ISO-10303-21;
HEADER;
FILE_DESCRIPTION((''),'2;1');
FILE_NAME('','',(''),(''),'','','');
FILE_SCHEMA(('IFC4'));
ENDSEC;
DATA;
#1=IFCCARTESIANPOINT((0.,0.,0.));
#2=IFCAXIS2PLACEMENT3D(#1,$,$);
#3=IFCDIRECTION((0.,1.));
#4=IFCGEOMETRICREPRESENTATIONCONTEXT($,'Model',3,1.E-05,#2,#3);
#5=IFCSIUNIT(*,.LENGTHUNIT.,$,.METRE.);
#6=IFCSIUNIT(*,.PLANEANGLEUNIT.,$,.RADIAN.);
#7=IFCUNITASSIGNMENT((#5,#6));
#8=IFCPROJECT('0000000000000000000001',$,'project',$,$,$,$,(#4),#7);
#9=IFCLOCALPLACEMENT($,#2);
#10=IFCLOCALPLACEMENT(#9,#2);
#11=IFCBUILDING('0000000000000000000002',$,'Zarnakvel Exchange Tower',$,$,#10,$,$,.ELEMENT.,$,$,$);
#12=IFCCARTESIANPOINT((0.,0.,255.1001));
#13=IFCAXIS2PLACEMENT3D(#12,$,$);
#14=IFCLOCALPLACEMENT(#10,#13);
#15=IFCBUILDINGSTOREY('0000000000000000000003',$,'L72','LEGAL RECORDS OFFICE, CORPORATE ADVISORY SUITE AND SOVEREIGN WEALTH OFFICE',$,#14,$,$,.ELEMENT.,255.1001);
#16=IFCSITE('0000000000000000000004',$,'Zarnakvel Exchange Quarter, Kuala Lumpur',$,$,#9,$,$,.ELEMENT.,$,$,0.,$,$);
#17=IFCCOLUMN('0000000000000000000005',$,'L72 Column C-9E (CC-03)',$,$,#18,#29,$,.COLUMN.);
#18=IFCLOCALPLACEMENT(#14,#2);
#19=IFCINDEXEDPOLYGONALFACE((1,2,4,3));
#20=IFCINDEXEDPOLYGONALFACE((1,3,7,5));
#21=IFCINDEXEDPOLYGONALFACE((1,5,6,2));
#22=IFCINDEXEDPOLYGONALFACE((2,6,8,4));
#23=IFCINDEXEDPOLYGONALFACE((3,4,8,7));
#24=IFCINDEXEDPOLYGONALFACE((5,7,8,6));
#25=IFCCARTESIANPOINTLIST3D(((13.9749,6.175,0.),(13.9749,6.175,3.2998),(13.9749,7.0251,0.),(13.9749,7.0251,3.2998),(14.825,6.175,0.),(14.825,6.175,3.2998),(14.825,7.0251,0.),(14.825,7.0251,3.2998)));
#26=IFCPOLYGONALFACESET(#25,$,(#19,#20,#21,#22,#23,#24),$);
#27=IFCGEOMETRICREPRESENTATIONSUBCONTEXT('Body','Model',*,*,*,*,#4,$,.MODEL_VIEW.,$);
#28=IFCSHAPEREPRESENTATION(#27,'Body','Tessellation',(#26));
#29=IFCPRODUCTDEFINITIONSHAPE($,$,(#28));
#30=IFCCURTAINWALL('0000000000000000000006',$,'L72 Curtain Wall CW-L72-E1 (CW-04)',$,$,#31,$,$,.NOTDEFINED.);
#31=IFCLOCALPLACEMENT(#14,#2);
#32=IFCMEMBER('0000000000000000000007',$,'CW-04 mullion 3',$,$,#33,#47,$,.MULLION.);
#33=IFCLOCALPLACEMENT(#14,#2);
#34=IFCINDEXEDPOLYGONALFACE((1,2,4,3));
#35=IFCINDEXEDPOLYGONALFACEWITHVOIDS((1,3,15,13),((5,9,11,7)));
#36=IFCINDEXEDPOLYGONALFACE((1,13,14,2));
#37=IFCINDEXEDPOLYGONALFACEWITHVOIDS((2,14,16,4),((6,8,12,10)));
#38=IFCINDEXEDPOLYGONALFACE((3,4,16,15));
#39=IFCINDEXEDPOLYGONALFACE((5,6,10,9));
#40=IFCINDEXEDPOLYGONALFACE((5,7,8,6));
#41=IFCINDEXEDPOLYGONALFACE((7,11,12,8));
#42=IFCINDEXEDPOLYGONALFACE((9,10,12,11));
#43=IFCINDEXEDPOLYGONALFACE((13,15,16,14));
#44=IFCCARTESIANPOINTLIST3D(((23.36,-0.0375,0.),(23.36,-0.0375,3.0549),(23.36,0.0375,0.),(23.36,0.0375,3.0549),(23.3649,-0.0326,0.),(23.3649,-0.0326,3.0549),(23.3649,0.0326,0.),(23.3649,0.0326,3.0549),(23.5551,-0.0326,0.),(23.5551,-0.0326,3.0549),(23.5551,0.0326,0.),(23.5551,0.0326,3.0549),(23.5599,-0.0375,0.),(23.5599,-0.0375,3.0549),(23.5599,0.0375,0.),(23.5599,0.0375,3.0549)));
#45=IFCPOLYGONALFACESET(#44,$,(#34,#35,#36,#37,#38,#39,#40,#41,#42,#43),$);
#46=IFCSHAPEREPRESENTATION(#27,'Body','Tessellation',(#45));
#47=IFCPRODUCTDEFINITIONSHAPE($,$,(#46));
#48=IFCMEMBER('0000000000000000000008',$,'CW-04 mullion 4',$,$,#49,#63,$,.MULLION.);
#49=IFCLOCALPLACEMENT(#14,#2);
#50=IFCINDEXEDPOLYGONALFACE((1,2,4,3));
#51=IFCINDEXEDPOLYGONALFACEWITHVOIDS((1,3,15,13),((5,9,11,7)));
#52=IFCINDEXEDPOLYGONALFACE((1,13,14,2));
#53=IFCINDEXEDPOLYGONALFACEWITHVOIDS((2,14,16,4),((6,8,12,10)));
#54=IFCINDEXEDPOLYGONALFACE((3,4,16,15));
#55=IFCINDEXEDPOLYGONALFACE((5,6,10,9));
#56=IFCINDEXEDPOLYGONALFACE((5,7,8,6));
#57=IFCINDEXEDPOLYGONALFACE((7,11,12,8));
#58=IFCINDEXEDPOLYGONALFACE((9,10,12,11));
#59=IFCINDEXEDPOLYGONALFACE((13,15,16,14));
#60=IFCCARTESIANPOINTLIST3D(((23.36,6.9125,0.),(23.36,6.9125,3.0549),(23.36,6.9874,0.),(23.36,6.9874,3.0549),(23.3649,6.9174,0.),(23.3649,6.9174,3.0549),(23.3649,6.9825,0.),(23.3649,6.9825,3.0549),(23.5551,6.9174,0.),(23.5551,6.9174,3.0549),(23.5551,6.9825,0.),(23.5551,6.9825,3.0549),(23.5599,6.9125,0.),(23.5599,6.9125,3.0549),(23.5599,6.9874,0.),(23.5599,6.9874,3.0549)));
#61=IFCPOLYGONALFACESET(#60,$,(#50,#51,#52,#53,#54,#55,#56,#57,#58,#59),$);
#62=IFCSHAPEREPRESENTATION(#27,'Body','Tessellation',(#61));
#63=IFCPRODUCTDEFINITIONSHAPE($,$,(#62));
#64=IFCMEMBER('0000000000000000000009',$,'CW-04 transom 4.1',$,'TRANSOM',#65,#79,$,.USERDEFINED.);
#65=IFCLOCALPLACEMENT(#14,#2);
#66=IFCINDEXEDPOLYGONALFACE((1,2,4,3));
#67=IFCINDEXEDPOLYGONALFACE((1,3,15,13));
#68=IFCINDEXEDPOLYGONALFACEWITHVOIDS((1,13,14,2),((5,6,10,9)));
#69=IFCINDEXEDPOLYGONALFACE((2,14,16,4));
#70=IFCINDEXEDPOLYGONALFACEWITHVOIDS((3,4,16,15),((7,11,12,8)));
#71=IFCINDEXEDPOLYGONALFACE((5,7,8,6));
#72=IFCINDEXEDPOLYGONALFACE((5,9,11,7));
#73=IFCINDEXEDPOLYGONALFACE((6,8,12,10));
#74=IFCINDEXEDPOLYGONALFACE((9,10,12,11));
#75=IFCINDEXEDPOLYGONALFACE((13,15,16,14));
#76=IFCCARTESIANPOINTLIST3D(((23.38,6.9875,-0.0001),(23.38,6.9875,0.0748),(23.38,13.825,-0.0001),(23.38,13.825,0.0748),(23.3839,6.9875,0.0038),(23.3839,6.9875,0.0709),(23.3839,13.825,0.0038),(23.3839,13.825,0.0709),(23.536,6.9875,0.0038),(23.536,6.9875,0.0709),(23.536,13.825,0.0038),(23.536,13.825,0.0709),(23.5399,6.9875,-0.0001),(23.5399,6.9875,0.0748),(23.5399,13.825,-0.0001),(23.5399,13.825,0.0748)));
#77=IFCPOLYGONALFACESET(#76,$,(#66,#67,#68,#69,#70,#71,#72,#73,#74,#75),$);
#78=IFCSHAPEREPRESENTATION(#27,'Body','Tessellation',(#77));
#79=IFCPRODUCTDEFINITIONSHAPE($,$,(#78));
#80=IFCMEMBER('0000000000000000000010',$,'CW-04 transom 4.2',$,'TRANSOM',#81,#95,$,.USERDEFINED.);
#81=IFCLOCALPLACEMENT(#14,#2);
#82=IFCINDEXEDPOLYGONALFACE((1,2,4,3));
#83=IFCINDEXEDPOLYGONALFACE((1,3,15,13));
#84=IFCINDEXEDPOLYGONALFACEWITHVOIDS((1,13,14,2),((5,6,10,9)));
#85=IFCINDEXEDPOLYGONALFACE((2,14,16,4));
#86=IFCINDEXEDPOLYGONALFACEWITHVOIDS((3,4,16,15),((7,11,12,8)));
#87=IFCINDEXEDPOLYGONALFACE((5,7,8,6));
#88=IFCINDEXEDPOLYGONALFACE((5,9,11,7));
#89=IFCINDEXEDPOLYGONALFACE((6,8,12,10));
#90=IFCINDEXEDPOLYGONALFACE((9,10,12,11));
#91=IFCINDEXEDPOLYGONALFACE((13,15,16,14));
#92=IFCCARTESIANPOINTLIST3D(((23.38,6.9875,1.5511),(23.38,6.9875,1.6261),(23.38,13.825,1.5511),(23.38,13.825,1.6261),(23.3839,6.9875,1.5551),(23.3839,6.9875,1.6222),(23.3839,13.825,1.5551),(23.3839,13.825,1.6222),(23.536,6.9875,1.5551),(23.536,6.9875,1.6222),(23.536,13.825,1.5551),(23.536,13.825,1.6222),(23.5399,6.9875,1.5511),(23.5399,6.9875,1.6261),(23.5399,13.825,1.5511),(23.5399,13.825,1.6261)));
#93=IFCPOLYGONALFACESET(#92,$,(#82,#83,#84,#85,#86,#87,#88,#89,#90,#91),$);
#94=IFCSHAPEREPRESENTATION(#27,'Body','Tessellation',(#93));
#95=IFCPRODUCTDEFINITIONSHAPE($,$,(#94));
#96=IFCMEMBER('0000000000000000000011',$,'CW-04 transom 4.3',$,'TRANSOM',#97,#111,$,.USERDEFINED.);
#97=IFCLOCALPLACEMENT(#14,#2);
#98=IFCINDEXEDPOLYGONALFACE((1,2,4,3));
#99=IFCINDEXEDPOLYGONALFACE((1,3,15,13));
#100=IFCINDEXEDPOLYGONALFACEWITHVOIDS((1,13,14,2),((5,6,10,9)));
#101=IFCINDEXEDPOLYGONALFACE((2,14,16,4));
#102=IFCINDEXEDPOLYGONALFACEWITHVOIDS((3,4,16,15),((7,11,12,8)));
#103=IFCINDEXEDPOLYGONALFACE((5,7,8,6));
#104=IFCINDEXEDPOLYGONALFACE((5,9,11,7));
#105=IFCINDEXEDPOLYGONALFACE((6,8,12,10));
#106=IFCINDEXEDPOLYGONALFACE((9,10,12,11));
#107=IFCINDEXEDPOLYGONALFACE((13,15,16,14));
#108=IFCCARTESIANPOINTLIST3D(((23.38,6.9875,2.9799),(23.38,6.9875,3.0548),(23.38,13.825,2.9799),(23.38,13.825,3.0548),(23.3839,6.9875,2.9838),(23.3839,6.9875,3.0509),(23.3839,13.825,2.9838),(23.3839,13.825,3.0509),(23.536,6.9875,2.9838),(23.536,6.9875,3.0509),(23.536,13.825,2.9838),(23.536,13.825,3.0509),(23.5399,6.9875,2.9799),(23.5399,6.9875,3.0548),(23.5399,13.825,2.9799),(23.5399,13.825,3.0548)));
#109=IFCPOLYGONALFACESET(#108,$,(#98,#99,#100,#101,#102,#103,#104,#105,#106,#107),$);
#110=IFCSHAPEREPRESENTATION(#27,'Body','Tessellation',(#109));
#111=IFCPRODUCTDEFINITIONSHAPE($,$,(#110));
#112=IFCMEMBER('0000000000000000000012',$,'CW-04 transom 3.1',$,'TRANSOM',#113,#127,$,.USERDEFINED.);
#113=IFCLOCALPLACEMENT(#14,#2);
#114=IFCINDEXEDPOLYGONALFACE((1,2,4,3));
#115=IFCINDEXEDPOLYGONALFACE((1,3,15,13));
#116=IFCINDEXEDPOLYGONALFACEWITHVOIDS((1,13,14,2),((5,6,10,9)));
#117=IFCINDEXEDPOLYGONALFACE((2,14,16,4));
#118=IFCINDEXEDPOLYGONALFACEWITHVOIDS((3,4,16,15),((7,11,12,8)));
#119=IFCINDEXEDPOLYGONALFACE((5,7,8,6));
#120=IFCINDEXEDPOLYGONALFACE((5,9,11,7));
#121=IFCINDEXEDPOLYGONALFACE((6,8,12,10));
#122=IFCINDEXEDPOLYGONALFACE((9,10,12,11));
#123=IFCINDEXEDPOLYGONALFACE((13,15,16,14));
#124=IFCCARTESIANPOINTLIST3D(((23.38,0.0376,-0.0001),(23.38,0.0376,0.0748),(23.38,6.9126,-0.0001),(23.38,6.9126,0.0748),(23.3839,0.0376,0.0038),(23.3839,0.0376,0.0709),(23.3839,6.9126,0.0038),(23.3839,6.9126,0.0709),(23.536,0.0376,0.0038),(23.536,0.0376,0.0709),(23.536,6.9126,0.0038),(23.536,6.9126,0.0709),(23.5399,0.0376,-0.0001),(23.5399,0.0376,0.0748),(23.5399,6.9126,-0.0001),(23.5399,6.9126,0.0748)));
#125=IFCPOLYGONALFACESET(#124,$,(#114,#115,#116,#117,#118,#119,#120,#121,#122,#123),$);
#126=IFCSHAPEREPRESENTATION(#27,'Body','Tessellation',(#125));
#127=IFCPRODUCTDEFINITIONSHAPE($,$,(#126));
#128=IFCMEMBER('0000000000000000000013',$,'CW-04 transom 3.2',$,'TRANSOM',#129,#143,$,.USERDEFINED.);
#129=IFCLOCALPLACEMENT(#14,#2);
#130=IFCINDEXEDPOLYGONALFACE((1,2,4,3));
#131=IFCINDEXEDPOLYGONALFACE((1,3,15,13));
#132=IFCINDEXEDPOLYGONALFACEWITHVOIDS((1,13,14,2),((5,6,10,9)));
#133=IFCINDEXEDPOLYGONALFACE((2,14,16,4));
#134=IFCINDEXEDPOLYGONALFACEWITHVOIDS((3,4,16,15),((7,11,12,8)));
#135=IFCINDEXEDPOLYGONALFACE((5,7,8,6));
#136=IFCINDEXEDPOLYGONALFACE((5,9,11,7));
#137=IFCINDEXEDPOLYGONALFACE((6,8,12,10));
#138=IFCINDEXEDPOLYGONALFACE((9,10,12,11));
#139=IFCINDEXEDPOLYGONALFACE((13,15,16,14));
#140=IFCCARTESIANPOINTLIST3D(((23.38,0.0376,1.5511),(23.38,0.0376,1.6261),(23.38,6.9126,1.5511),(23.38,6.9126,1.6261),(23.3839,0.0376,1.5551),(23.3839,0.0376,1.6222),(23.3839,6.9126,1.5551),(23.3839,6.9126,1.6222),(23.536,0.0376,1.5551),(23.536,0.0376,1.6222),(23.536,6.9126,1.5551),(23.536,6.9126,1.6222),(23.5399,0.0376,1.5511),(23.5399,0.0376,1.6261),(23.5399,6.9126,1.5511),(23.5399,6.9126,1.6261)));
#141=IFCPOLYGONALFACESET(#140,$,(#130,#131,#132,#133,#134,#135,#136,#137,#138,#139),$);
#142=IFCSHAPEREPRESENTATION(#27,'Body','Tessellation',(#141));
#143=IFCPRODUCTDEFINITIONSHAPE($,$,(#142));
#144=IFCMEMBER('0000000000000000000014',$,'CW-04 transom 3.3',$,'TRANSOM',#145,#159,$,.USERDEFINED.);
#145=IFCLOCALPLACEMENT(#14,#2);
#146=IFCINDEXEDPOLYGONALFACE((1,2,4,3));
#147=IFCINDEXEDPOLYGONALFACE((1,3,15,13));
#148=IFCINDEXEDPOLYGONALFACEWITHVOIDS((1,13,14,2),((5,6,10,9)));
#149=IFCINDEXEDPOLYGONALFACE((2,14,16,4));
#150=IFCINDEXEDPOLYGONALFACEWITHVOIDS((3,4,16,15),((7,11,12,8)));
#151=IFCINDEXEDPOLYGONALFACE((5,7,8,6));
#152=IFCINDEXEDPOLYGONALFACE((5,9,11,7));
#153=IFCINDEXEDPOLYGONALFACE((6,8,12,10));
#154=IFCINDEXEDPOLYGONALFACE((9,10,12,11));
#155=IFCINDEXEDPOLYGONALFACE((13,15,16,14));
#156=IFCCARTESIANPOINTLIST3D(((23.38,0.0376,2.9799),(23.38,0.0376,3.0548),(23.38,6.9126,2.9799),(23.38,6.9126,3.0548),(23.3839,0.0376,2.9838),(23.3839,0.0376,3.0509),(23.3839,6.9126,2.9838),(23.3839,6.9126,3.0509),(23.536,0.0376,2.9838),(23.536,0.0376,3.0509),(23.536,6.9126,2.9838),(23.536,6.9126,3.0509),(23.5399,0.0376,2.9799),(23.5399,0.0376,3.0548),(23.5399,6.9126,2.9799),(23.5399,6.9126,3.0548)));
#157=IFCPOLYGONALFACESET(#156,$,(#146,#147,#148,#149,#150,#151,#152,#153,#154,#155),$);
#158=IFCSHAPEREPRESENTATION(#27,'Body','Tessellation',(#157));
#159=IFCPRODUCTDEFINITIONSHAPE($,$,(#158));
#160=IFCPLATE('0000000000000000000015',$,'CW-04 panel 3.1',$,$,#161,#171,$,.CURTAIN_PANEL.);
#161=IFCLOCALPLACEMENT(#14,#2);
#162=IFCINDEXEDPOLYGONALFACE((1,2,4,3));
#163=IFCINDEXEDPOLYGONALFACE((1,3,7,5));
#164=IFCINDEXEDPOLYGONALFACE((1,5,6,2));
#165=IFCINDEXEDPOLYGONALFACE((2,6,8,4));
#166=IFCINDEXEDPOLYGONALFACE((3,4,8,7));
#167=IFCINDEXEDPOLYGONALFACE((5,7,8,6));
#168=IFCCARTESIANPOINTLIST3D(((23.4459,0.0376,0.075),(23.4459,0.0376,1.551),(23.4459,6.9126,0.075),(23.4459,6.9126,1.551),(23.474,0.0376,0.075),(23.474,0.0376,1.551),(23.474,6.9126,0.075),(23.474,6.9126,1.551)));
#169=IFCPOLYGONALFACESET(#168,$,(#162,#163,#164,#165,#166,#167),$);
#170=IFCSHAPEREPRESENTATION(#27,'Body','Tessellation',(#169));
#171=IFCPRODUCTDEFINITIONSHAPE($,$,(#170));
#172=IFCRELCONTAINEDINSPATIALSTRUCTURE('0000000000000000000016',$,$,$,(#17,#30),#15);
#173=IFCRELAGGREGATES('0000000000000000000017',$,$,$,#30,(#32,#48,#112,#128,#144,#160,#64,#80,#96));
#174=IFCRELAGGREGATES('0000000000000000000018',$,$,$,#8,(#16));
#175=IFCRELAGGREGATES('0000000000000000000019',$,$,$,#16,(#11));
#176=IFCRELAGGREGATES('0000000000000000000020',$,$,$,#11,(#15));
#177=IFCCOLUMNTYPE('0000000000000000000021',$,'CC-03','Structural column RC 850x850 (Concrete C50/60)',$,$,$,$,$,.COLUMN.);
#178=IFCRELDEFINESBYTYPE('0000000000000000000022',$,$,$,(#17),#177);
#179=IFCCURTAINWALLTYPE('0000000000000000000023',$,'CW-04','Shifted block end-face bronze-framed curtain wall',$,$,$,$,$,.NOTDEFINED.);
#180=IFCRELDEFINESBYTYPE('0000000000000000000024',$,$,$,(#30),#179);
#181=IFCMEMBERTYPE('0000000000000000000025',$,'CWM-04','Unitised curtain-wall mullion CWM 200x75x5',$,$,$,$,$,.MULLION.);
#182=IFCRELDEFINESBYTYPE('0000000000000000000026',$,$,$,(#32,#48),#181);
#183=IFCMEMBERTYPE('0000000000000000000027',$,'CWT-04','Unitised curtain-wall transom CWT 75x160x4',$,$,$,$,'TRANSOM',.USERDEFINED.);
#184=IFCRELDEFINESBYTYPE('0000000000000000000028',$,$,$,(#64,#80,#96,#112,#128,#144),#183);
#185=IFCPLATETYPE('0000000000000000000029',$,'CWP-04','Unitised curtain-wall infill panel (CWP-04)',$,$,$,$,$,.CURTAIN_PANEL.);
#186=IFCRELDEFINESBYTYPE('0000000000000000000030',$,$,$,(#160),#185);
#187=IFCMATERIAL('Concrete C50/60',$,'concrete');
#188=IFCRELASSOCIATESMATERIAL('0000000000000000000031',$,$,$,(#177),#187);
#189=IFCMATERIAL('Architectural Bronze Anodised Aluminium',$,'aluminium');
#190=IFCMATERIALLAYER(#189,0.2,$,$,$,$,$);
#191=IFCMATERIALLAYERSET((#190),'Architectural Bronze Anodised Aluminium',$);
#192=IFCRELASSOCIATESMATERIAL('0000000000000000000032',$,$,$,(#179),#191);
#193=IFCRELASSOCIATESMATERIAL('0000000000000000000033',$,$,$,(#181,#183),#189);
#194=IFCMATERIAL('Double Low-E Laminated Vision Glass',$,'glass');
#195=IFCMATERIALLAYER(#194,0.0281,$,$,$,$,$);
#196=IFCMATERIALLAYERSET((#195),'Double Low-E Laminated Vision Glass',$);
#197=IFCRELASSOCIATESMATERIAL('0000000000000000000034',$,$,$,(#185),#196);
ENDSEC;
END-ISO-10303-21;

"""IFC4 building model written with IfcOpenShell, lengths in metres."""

from ifc_helpers import new_model, si_unit, direction, frame, origin, origin_2d, place, context, subcontext, project, spatial, rectangle, hollow_rectangle, extrude, source, transform, mapped, material, layer, layer_set, material_profile, profile_set, type_object, element, aggregate, save


model = new_model("IFC4")

# Units and contexts
model_context = context("Model", 3, precision=1e-05, world=origin(), true_north=direction((0.0, 1.0)))
body_context = subcontext(model_context, "Body", "Model", "MODEL_VIEW")
ifc_project = project(units=[si_unit("LENGTHUNIT", "METRE"), si_unit("PLANEANGLEUNIT", "RADIAN")], contexts=[model_context])

# Site, building, storey
site_placement = place(None, origin())
site = spatial("IfcSite", under=ifc_project, at=site_placement, Name="Zarnakvel Exchange Quarter, Kuala Lumpur", CompositionType="ELEMENT", RefElevation=0.0)
building_placement = place(site_placement, origin())
building = spatial("IfcBuilding", under=site, at=building_placement, Name="Zarnakvel Exchange Tower", CompositionType="ELEMENT")
storey_placement = place(building_placement, frame((0.0, 0.0, 255.1001)))
storey = spatial("IfcBuildingStorey", under=building, at=storey_placement, Name="L72", Description="LEGAL RECORDS OFFICE, CORPORATE ADVISORY SUITE AND SOVEREIGN WEALTH OFFICE", CompositionType="ELEMENT", Elevation=255.1001)

# Column
ifc_material_1 = material(Name="Concrete C50/60", Category="concrete")
ifc_material_profile_1 = material_profile(ifc_material_1, rectangle(XDim=0.8501, YDim=0.8501, at=origin_2d()))
ifc_profile_set_1 = profile_set([ifc_material_profile_1], Name="Concrete C50/60")
column_type = type_object("IfcColumnType", Name="CC-03", Description="Structural column RC 850x850 (Concrete C50/60)", PredefinedType="COLUMN", material=ifc_profile_set_1)
column_placement = place(storey_placement, frame((14.3999, 6.6001, 0.0), z_axis=(0.0, 0.0, 1.0), x_axis=(1.0, 0.0, 0.0)))
element("IfcColumn", 1, at=column_placement, inside=storey, type_object=column_type, Name="L72 Column C-9E (CC-03)", PredefinedType="COLUMN", context=body_context, shape_type="SweptSolid", body=[
    extrude(rectangle(XDim=0.8501, YDim=0.8501, at=origin_2d()), origin(), (0.0, 0.0, 1.0), 3.2998),
])

# Curtain wall, members, plate
ifc_material_2 = material(Name="Architectural Bronze Anodised Aluminium", Category="aluminium")
ifc_layer_1 = layer(ifc_material_2, 0.2)
ifc_layer_set_1 = layer_set([ifc_layer_1], Name="Architectural Bronze Anodised Aluminium")
curtain_wall_type = type_object("IfcCurtainWallType", Name="CW-04", Description="Shifted block end-face bronze-framed curtain wall", PredefinedType="NOTDEFINED", material=ifc_layer_set_1)
curtain_wall_placement = place(storey_placement, origin())
curtain_wall = element("IfcCurtainWall", 2, at=curtain_wall_placement, inside=storey, type_object=curtain_wall_type, Name="L72 Curtain Wall CW-L72-E1 (CW-04)", PredefinedType="NOTDEFINED")
ifc_material_profile_2 = material_profile(ifc_material_2, hollow_rectangle(XDim=0.2, YDim=0.075, WallThickness=0.0049, at=origin_2d()))
ifc_profile_set_2 = profile_set([ifc_material_profile_2], Name="Architectural Bronze Anodised Aluminium")
member_type_1 = type_object("IfcMemberType", Name="CWM-04", Description="Unitised curtain-wall mullion CWM 200x75x5", PredefinedType="MULLION", material=ifc_profile_set_2)
shared_shape_1 = source(origin(), body_context, "Body", "SweptSolid", [
    extrude(hollow_rectangle(XDim=0.2, YDim=0.075, WallThickness=0.0049, at=origin_2d()), origin(), (0.0, 0.0, 1.0), 3.0549),
])
member_1_placement = place(storey_placement, frame((23.46, 0.0, 0.0), z_axis=(0.0, 0.0, 1.0), x_axis=(-1.0, 0.0, 0.0)))
member_1 = element("IfcMember", 3, at=member_1_placement, type_object=member_type_1, Name="CW-04 mullion 3", PredefinedType="MULLION", context=body_context, shape_type="MappedRepresentation", body=[
    mapped(shared_shape_1, transform((0.0, 0.0, 0.0), x_axis=(1.0, 0.0, 0.0), y_axis=(0.0, 1.0, 0.0), z_axis=(0.0, 0.0, 1.0), scale=1.0)),
])
member_2_placement = place(storey_placement, frame((23.46, 6.95, 0.0), z_axis=(0.0, 0.0, 1.0), x_axis=(-1.0, 0.0, 0.0)))
member_2 = element("IfcMember", 4, at=member_2_placement, type_object=member_type_1, Name="CW-04 mullion 4", PredefinedType="MULLION", context=body_context, shape_type="MappedRepresentation", body=[
    mapped(shared_shape_1, transform((0.0, 0.0, 0.0), x_axis=(1.0, 0.0, 0.0), y_axis=(0.0, 1.0, 0.0), z_axis=(0.0, 0.0, 1.0), scale=1.0)),
])
ifc_material_profile_3 = material_profile(ifc_material_2, hollow_rectangle(XDim=0.1599, YDim=0.075, WallThickness=0.0039, at=origin_2d()))
ifc_profile_set_3 = profile_set([ifc_material_profile_3], Name="Architectural Bronze Anodised Aluminium")
member_type_2 = type_object("IfcMemberType", Name="CWT-04", Description="Unitised curtain-wall transom CWT 75x160x4", ElementType="TRANSOM", PredefinedType="USERDEFINED", material=ifc_profile_set_3)
shared_shape_2 = source(origin(), body_context, "Body", "SweptSolid", [
    extrude(hollow_rectangle(XDim=0.1599, YDim=0.075, WallThickness=0.0039, at=origin_2d()), origin(), (0.0, 0.0, 1.0), 6.8374),
])
member_3_placement = place(storey_placement, frame((23.46, 6.9875, 0.0374), z_axis=(0.0, 1.0, 0.0), x_axis=(-1.0, 0.0, 0.0)))
member_3 = element("IfcMember", 5, at=member_3_placement, type_object=member_type_2, Name="CW-04 transom 4.1", ObjectType="TRANSOM", PredefinedType="USERDEFINED", context=body_context, shape_type="MappedRepresentation", body=[
    mapped(shared_shape_2, transform((0.0, 0.0, 0.0), x_axis=(1.0, 0.0, 0.0), y_axis=(0.0, 1.0, 0.0), z_axis=(0.0, 0.0, 1.0), scale=1.0)),
])
member_4_placement = place(storey_placement, frame((23.46, 6.9875, 1.5886), z_axis=(0.0, 1.0, 0.0), x_axis=(-1.0, 0.0, 0.0)))
member_4 = element("IfcMember", 6, at=member_4_placement, type_object=member_type_2, Name="CW-04 transom 4.2", ObjectType="TRANSOM", PredefinedType="USERDEFINED", context=body_context, shape_type="MappedRepresentation", body=[
    mapped(shared_shape_2, transform((0.0, 0.0, 0.0), x_axis=(1.0, 0.0, 0.0), y_axis=(0.0, 1.0, 0.0), z_axis=(0.0, 0.0, 1.0), scale=1.0)),
])
member_5_placement = place(storey_placement, frame((23.46, 6.9875, 3.0173), z_axis=(0.0, 1.0, 0.0), x_axis=(-1.0, 0.0, 0.0)))
member_5 = element("IfcMember", 7, at=member_5_placement, type_object=member_type_2, Name="CW-04 transom 4.3", ObjectType="TRANSOM", PredefinedType="USERDEFINED", context=body_context, shape_type="MappedRepresentation", body=[
    mapped(shared_shape_2, transform((0.0, 0.0, 0.0), x_axis=(1.0, 0.0, 0.0), y_axis=(0.0, 1.0, 0.0), z_axis=(0.0, 0.0, 1.0), scale=1.0)),
])
shared_shape_3 = source(origin(), body_context, "Body", "SweptSolid", [
    extrude(hollow_rectangle(XDim=0.1599, YDim=0.075, WallThickness=0.0039, at=origin_2d()), origin(), (0.0, 0.0, 1.0), 6.875),
])
member_6_placement = place(storey_placement, frame((23.46, 0.0376, 0.0374), z_axis=(0.0, 1.0, 0.0), x_axis=(-1.0, 0.0, 0.0)))
member_6 = element("IfcMember", 8, at=member_6_placement, type_object=member_type_2, Name="CW-04 transom 3.1", ObjectType="TRANSOM", PredefinedType="USERDEFINED", context=body_context, shape_type="MappedRepresentation", body=[
    mapped(shared_shape_3, transform((0.0, 0.0, 0.0), x_axis=(1.0, 0.0, 0.0), y_axis=(0.0, 1.0, 0.0), z_axis=(0.0, 0.0, 1.0), scale=1.0)),
])
member_7_placement = place(storey_placement, frame((23.46, 0.0376, 1.5886), z_axis=(0.0, 1.0, 0.0), x_axis=(-1.0, 0.0, 0.0)))
member_7 = element("IfcMember", 9, at=member_7_placement, type_object=member_type_2, Name="CW-04 transom 3.2", ObjectType="TRANSOM", PredefinedType="USERDEFINED", context=body_context, shape_type="MappedRepresentation", body=[
    mapped(shared_shape_3, transform((0.0, 0.0, 0.0), x_axis=(1.0, 0.0, 0.0), y_axis=(0.0, 1.0, 0.0), z_axis=(0.0, 0.0, 1.0), scale=1.0)),
])
member_8_placement = place(storey_placement, frame((23.46, 0.0376, 3.0173), z_axis=(0.0, 1.0, 0.0), x_axis=(-1.0, 0.0, 0.0)))
member_8 = element("IfcMember", 10, at=member_8_placement, type_object=member_type_2, Name="CW-04 transom 3.3", ObjectType="TRANSOM", PredefinedType="USERDEFINED", context=body_context, shape_type="MappedRepresentation", body=[
    mapped(shared_shape_3, transform((0.0, 0.0, 0.0), x_axis=(1.0, 0.0, 0.0), y_axis=(0.0, 1.0, 0.0), z_axis=(0.0, 0.0, 1.0), scale=1.0)),
])
ifc_material_3 = material(Name="Double Low-E Laminated Vision Glass", Category="glass")
ifc_layer_2 = layer(ifc_material_3, 0.0281)
ifc_layer_set_2 = layer_set([ifc_layer_2], Name="Double Low-E Laminated Vision Glass")
plate_type = type_object("IfcPlateType", Name="CWP-04", Description="Unitised curtain-wall infill panel (CWP-04)", PredefinedType="CURTAIN_PANEL", material=ifc_layer_set_2)
shared_shape_4 = source(origin(), body_context, "Body", "SweptSolid", [
    extrude(rectangle(XDim=6.875, YDim=0.0281, at=origin_2d()), origin(), (0.0, 0.0, 1.0), 1.4761),
])
plate_1_placement = place(storey_placement, frame((23.46, 3.4751, 0.075), z_axis=(0.0, 0.0, 1.0), x_axis=(0.0, 1.0, 0.0)))
plate_1 = element("IfcPlate", 11, at=plate_1_placement, type_object=plate_type, Name="CW-04 panel 3.1", PredefinedType="CURTAIN_PANEL", context=body_context, shape_type="MappedRepresentation", body=[
    mapped(shared_shape_4, transform((0.0, 0.0, 0.0), x_axis=(1.0, 0.0, 0.0), y_axis=(0.0, 1.0, 0.0), z_axis=(0.0, 0.0, 1.0), scale=1.0)),
])
aggregate(curtain_wall, [member_1, member_2, member_6, member_7, member_8, plate_1, member_3, member_4, member_5])

save(model, "model.ifc")
